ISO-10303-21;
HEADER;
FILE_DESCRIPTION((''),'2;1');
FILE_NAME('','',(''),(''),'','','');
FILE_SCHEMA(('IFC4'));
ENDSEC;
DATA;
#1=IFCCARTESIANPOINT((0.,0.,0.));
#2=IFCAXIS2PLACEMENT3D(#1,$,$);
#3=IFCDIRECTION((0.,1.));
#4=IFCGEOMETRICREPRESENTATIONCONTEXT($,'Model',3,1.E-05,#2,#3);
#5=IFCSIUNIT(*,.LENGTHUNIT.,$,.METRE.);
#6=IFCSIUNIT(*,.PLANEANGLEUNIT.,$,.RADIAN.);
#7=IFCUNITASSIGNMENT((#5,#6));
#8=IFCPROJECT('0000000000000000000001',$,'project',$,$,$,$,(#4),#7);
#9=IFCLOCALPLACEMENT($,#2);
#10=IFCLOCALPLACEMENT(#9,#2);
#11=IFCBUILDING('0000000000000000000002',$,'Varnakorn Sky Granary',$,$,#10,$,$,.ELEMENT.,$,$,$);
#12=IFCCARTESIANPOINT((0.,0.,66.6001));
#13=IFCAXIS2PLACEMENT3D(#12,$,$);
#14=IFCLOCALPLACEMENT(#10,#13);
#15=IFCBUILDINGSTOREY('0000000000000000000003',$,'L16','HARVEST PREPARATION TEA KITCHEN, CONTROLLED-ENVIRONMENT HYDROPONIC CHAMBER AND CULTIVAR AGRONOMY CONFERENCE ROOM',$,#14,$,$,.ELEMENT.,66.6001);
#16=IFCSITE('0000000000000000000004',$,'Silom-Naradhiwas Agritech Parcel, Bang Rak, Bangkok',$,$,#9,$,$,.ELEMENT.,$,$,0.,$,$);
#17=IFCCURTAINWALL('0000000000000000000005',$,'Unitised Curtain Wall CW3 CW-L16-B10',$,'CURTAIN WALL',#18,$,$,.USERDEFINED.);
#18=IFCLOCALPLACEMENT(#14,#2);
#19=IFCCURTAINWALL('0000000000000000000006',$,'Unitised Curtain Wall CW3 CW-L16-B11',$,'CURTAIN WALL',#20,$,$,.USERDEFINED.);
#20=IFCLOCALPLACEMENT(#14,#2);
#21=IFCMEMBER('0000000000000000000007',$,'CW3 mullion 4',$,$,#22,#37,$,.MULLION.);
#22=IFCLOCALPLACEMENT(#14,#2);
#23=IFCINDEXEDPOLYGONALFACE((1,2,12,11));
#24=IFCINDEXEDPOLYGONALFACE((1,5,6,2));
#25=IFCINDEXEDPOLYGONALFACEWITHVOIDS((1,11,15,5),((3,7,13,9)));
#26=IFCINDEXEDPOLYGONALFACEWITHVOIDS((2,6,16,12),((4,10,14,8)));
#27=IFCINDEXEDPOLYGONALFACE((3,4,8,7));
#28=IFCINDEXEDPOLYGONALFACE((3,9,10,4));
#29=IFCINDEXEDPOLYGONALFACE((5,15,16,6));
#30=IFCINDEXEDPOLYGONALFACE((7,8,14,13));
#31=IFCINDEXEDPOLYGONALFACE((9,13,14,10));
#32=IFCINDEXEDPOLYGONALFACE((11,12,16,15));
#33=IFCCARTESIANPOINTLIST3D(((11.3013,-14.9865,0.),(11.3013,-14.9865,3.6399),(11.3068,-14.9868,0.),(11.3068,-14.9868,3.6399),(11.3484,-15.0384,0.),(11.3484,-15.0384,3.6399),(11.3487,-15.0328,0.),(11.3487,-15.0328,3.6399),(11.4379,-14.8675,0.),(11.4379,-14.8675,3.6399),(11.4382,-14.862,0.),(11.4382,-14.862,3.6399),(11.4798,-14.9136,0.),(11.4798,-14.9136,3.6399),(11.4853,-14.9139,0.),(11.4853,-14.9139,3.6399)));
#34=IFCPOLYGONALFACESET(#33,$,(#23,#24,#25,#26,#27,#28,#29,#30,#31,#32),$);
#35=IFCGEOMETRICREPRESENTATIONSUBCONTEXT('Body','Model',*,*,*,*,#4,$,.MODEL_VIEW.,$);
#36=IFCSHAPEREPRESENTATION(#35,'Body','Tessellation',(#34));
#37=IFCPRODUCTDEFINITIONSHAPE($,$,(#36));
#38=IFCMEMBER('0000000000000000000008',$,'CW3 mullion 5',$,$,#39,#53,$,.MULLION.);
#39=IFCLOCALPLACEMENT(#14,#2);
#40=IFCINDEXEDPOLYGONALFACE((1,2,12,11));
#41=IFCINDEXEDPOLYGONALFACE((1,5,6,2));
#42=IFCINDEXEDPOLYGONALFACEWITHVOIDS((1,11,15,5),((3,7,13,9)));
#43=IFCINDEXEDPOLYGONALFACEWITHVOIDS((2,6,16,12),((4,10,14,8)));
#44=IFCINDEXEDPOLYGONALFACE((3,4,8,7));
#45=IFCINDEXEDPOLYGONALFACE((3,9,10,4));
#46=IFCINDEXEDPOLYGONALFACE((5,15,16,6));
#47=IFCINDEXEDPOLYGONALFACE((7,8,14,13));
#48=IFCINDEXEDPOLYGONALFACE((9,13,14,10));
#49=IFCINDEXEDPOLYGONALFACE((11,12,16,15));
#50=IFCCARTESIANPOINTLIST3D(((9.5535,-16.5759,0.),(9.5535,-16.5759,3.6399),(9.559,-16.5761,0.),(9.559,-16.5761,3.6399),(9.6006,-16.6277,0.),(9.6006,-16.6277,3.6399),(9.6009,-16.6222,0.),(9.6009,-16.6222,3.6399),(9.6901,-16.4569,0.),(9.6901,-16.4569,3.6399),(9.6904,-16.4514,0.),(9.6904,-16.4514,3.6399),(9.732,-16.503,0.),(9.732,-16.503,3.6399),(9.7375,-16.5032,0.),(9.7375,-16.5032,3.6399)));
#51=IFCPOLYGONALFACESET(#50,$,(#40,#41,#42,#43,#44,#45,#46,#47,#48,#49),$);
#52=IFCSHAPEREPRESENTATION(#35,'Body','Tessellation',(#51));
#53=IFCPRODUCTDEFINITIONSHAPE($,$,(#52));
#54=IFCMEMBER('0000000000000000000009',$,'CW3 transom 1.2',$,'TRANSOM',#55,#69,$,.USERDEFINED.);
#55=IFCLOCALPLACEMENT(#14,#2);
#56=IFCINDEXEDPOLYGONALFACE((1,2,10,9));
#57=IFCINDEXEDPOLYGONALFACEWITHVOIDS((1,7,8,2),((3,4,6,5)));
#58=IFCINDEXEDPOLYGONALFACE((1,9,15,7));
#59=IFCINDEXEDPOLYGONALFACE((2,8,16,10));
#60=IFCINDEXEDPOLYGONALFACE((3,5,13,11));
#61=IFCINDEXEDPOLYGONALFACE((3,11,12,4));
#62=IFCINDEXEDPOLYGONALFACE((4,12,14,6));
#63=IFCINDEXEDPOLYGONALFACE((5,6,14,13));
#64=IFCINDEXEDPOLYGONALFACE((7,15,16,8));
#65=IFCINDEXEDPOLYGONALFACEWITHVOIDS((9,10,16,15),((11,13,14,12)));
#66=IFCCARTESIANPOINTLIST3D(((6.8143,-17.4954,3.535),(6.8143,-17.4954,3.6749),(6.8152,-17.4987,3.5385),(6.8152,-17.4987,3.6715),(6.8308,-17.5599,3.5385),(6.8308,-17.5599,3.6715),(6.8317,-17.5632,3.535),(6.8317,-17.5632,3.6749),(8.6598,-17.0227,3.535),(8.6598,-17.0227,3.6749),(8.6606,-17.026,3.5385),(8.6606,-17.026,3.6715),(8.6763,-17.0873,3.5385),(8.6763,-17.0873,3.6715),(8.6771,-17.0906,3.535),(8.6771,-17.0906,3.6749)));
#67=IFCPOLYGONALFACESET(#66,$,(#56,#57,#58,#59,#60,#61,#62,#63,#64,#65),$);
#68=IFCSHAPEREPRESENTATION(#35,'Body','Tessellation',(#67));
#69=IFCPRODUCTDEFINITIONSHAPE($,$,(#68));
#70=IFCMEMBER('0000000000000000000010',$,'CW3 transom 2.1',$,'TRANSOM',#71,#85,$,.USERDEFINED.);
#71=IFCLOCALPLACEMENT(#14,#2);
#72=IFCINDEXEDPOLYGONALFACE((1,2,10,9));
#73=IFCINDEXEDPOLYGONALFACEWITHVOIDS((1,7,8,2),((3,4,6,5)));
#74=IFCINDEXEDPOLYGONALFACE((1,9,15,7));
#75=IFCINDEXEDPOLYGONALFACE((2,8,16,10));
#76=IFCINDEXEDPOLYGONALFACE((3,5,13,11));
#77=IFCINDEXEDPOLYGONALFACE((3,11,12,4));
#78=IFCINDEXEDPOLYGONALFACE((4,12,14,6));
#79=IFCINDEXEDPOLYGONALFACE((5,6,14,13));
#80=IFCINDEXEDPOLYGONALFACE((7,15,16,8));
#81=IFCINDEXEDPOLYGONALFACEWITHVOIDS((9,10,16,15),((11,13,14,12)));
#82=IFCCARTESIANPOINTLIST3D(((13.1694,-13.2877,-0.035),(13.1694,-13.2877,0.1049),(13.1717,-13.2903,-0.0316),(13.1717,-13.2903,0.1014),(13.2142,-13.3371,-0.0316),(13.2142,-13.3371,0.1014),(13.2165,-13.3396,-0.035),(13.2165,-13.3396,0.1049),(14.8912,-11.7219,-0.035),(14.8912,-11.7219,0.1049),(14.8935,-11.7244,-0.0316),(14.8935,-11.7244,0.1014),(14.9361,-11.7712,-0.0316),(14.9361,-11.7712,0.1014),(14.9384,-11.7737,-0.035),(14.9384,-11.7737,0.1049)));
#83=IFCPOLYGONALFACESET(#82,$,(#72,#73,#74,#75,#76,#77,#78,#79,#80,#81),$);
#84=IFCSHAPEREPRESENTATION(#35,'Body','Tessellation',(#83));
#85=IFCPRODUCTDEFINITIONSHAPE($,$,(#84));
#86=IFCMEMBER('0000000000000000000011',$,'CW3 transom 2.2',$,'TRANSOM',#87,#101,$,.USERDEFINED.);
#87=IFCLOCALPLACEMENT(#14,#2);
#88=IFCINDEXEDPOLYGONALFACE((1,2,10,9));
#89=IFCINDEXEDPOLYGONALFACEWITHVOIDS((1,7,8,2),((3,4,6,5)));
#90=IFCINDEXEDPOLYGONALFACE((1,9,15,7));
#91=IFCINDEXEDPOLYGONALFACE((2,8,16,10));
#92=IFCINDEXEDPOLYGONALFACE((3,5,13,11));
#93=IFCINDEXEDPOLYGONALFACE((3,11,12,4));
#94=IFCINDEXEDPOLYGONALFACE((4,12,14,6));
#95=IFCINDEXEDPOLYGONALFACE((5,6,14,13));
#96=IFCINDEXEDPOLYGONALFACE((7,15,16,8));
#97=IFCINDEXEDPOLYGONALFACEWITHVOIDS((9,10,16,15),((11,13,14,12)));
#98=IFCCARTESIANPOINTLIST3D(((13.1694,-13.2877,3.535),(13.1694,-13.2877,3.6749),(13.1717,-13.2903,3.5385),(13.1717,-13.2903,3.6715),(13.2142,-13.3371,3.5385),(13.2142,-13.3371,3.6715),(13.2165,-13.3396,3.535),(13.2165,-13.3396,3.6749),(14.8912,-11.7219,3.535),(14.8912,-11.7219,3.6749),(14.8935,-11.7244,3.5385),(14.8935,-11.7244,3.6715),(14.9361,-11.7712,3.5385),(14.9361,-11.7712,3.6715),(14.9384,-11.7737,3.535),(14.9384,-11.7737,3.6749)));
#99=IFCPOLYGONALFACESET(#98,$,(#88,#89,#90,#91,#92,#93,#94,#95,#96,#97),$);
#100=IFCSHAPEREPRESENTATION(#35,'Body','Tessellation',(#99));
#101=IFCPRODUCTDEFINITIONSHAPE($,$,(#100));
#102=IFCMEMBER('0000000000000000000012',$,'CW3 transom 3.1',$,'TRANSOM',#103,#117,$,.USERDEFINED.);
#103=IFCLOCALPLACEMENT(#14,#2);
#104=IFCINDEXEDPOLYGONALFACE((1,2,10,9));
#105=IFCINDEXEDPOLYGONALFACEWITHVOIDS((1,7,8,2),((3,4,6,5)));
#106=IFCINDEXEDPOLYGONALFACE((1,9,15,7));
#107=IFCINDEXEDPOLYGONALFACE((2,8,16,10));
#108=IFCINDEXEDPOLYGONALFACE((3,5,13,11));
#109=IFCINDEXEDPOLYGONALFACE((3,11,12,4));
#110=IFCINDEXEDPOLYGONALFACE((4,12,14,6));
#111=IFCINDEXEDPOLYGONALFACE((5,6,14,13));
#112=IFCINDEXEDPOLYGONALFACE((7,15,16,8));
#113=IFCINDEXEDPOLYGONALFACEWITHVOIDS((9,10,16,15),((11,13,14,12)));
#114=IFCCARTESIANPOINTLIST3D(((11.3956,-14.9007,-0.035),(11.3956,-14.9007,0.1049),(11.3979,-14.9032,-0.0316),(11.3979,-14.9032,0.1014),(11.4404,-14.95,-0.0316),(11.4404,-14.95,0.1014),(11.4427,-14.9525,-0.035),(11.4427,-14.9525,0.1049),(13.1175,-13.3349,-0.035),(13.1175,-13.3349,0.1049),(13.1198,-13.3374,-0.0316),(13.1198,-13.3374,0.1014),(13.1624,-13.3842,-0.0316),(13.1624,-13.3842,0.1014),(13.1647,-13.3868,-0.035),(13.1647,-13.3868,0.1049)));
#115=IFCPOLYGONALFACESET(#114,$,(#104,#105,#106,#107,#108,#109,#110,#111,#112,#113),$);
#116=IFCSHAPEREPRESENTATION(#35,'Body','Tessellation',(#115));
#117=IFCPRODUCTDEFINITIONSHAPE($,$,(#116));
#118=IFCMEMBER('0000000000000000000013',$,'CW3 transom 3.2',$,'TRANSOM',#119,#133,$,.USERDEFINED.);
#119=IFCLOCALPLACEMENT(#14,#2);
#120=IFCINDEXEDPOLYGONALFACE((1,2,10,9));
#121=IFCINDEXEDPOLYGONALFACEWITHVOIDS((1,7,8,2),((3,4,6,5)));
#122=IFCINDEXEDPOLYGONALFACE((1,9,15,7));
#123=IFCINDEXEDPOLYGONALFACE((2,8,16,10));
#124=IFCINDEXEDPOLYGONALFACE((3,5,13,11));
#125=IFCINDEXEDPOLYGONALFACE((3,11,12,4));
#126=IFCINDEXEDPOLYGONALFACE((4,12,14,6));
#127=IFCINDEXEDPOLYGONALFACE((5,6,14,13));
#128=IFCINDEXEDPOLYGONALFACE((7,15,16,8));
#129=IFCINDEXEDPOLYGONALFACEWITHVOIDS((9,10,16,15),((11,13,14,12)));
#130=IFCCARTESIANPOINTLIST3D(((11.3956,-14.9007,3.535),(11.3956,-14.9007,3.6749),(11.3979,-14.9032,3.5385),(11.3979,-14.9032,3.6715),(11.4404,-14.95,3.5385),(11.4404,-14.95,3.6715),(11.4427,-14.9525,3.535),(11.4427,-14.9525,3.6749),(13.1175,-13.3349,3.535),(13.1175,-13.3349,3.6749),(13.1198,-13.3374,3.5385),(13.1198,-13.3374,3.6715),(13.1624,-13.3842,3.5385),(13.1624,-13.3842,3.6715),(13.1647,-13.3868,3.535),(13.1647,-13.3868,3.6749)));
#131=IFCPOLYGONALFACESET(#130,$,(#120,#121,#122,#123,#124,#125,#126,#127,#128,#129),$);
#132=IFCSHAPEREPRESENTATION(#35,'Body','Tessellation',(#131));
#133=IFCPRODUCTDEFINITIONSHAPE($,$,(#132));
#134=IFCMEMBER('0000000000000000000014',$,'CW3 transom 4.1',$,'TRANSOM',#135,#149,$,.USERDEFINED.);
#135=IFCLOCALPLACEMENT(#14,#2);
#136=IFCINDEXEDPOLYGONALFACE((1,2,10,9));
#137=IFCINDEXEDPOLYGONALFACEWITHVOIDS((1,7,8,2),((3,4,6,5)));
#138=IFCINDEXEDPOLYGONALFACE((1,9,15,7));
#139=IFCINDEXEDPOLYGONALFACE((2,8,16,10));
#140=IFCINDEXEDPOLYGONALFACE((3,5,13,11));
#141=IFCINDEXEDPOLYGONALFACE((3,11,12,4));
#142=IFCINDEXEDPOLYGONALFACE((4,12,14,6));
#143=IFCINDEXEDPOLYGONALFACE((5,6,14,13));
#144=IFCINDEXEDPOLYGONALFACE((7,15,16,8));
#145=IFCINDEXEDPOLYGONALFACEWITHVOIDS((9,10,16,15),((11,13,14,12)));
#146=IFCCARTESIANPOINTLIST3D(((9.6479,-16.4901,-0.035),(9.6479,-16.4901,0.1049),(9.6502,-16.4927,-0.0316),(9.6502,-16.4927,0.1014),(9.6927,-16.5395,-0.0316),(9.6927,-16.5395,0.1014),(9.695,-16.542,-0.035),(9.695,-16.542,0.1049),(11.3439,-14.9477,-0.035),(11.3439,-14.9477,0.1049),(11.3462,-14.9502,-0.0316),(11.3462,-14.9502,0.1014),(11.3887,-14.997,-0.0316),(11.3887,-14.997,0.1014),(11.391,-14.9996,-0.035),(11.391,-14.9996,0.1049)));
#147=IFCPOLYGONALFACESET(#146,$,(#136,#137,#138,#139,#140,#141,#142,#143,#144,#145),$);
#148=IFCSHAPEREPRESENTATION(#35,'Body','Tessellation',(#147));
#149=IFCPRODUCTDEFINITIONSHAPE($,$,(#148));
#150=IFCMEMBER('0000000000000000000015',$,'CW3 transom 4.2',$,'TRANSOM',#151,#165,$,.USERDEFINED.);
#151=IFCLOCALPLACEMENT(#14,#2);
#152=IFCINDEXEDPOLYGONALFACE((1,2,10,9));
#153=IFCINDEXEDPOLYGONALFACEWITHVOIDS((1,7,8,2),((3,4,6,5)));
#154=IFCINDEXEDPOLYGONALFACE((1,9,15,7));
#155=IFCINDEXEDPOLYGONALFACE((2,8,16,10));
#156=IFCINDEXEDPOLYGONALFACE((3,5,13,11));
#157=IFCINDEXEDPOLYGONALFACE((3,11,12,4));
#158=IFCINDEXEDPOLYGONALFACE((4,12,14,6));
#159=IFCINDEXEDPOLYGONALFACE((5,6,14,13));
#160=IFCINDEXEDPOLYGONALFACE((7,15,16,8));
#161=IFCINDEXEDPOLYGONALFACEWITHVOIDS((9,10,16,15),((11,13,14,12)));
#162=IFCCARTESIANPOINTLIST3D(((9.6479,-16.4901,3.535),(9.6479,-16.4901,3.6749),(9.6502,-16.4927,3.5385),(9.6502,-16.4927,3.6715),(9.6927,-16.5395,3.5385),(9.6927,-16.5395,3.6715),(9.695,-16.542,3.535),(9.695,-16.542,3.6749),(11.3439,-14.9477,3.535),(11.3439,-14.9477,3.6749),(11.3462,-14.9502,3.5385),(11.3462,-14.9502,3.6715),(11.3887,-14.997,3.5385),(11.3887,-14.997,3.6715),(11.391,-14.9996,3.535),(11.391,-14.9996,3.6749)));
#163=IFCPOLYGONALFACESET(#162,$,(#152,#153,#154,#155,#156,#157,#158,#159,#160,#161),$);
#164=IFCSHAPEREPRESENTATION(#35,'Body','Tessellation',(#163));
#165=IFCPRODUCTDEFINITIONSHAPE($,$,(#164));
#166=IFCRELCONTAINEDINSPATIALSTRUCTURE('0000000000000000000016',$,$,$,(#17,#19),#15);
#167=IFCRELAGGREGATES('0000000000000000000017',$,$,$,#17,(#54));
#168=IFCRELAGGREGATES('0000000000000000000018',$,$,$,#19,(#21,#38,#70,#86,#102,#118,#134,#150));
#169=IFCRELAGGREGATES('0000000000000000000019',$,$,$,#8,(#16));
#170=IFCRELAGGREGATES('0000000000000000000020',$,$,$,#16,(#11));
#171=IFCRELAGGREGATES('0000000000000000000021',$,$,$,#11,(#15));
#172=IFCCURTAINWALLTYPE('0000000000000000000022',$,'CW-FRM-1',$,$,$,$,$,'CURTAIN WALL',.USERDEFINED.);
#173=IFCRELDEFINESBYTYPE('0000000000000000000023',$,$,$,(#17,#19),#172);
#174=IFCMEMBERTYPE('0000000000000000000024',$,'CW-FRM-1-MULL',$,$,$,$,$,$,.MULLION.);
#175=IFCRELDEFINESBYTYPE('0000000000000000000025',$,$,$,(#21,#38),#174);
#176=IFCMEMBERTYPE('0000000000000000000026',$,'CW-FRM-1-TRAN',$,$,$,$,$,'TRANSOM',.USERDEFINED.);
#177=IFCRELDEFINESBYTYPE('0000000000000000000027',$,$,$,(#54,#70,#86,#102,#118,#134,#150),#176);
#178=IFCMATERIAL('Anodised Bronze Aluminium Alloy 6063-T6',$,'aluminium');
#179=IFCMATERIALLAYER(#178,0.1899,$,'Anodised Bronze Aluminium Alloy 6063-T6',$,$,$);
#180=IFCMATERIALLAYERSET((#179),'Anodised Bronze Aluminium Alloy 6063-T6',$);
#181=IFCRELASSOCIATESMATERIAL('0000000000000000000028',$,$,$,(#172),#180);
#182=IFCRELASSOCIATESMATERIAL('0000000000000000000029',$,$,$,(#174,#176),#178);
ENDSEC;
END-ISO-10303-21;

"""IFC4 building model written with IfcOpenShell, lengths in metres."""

from ifc_helpers import new_model, si_unit, direction, frame, origin, origin_2d, place, context, subcontext, project, spatial, hollow_rectangle, extrude, material, layer, layer_set, material_profile, profile_set, type_object, element, aggregate, save


model = new_model("IFC4")

# Units and contexts
model_context = context("Model", 3, precision=1e-05, world=origin(), true_north=direction((0.0, 1.0)))
body_context = subcontext(model_context, "Body", "Model", "MODEL_VIEW")
ifc_project = project(units=[si_unit("LENGTHUNIT", "METRE"), si_unit("PLANEANGLEUNIT", "RADIAN")], contexts=[model_context])

# Site, building, storey
site_placement = place(None, origin())
site = spatial("IfcSite", under=ifc_project, at=site_placement, Name="Silom-Naradhiwas Agritech Parcel, Bang Rak, Bangkok", CompositionType="ELEMENT", RefElevation=0.0)
building_placement = place(site_placement, origin())
building = spatial("IfcBuilding", under=site, at=building_placement, Name="Varnakorn Sky Granary", CompositionType="ELEMENT")
storey_placement = place(building_placement, frame((0.0, 0.0, 66.6001)))
storey = spatial("IfcBuildingStorey", under=building, at=storey_placement, Name="L16", Description="HARVEST PREPARATION TEA KITCHEN, CONTROLLED-ENVIRONMENT HYDROPONIC CHAMBER AND CULTIVAR AGRONOMY CONFERENCE ROOM", CompositionType="ELEMENT", Elevation=66.6001)

# Curtain wall
ifc_material_1 = material(Name="Anodised Bronze Aluminium Alloy 6063-T6", Category="aluminium")
ifc_layer_1 = layer(ifc_material_1, 0.1899, Name="Anodised Bronze Aluminium Alloy 6063-T6")
ifc_layer_set_1 = layer_set([ifc_layer_1], Name="Anodised Bronze Aluminium Alloy 6063-T6")
curtain_wall_type = type_object("IfcCurtainWallType", Name="CW-FRM-1", ElementType="CURTAIN WALL", PredefinedType="USERDEFINED", material=ifc_layer_set_1)
curtain_wall_1_placement = place(storey_placement, origin())
curtain_wall_1 = element("IfcCurtainWall", 1, at=curtain_wall_1_placement, inside=storey, type_object=curtain_wall_type, Name="Unitised Curtain Wall CW3 CW-L16-B10", ObjectType="CURTAIN WALL", PredefinedType="USERDEFINED")
ifc_material_profile_1 = material_profile(ifc_material_1, hollow_rectangle(XDim=0.0701, YDim=0.1851, WallThickness=0.0039, at=origin_2d()), Name="ALU MULL 70x185")
ifc_profile_set_1 = profile_set([ifc_material_profile_1], Name="Anodised Bronze Aluminium Alloy 6063-T6")
member_type_1 = type_object("IfcMemberType", Name="CW-FRM-1-MULL", PredefinedType="MULLION", material=ifc_profile_set_1)

# Curtain wall, members
curtain_wall_2_placement = place(storey_placement, origin())
curtain_wall_2 = element("IfcCurtainWall", 2, at=curtain_wall_2_placement, inside=storey, type_object=curtain_wall_type, Name="Unitised Curtain Wall CW3 CW-L16-B11", ObjectType="CURTAIN WALL", PredefinedType="USERDEFINED")
member_1_placement = place(storey_placement, frame((11.3933, -14.9502, 0.0), z_axis=(0.0, 0.0, 1.0), x_axis=(0.672776, -0.739847, 0.0)))
member_1 = element("IfcMember", 3, at=member_1_placement, type_object=member_type_1, Name="CW3 mullion 4", PredefinedType="MULLION", context=body_context, shape_type="SweptSolid", body=[
    extrude(hollow_rectangle(XDim=0.0701, YDim=0.1851, WallThickness=0.0039, at=origin_2d()), origin(), (0.0, 0.0, 1.0), 3.6399),
])
member_2_placement = place(storey_placement, frame((9.6455, -16.5396, 0.0), z_axis=(0.0, 0.0, 1.0), x_axis=(0.672776, -0.739847, 0.0)))
member_2 = element("IfcMember", 4, at=member_2_placement, type_object=member_type_1, Name="CW3 mullion 5", PredefinedType="MULLION", context=body_context, shape_type="SweptSolid", body=[
    extrude(hollow_rectangle(XDim=0.0701, YDim=0.1851, WallThickness=0.0039, at=origin_2d()), origin(), (0.0, 0.0, 1.0), 3.6399),
])

# Members
ifc_material_profile_2 = material_profile(ifc_material_1, hollow_rectangle(XDim=0.0701, YDim=0.1399, WallThickness=0.0034, at=origin_2d()), Name="ALU TRAN 70x140")
ifc_profile_set_2 = profile_set([ifc_material_profile_2], Name="Anodised Bronze Aluminium Alloy 6063-T6")
member_type_2 = type_object("IfcMemberType", Name="CW-FRM-1-TRAN", ElementType="TRANSOM", PredefinedType="USERDEFINED", material=ifc_profile_set_2)
member_3_placement = place(storey_placement, frame((8.6685, -17.0566, 3.605), z_axis=(-0.968732, -0.24811, 0.0), x_axis=(0.24811, -0.968732, 0.0)))
member_3 = element("IfcMember", 5, at=member_3_placement, type_object=member_type_2, Name="CW3 transom 1.2", ObjectType="TRANSOM", PredefinedType="USERDEFINED", context=body_context, shape_type="SweptSolid", body=[
    extrude(hollow_rectangle(XDim=0.0701, YDim=0.1399, WallThickness=0.0034, at=origin_2d()), origin(), (0.0, 0.0, 1.0), 1.905),
])
aggregate(curtain_wall_1, [member_3])
member_4_placement = place(storey_placement, frame((14.9148, -11.7478, 0.0349), z_axis=(-0.739826, -0.672798, 0.0), x_axis=(0.672798, -0.739826, 0.0)))
member_4 = element("IfcMember", 6, at=member_4_placement, type_object=member_type_2, Name="CW3 transom 2.1", ObjectType="TRANSOM", PredefinedType="USERDEFINED", context=body_context, shape_type="SweptSolid", body=[
    extrude(hollow_rectangle(XDim=0.0701, YDim=0.1399, WallThickness=0.0034, at=origin_2d()), origin(), (0.0, 0.0, 1.0), 2.3274),
])
member_5_placement = place(storey_placement, frame((14.9148, -11.7478, 3.605), z_axis=(-0.739826, -0.672798, 0.0), x_axis=(0.672798, -0.739826, 0.0)))
member_5 = element("IfcMember", 7, at=member_5_placement, type_object=member_type_2, Name="CW3 transom 2.2", ObjectType="TRANSOM", PredefinedType="USERDEFINED", context=body_context, shape_type="SweptSolid", body=[
    extrude(hollow_rectangle(XDim=0.0701, YDim=0.1399, WallThickness=0.0034, at=origin_2d()), origin(), (0.0, 0.0, 1.0), 2.3274),
])
member_6_placement = place(storey_placement, frame((13.1411, -13.3608, 0.0349), z_axis=(-0.739878, -0.672741, 0.0), x_axis=(0.672741, -0.739878, 0.0)))
member_6 = element("IfcMember", 8, at=member_6_placement, type_object=member_type_2, Name="CW3 transom 3.1", ObjectType="TRANSOM", PredefinedType="USERDEFINED", context=body_context, shape_type="SweptSolid", body=[
    extrude(hollow_rectangle(XDim=0.0701, YDim=0.1399, WallThickness=0.0034, at=origin_2d()), origin(), (0.0, 0.0, 1.0), 2.3274),
])
member_7_placement = place(storey_placement, frame((13.1411, -13.3608, 3.605), z_axis=(-0.739878, -0.672741, 0.0), x_axis=(0.672741, -0.739878, 0.0)))
member_7 = element("IfcMember", 9, at=member_7_placement, type_object=member_type_2, Name="CW3 transom 3.2", ObjectType="TRANSOM", PredefinedType="USERDEFINED", context=body_context, shape_type="SweptSolid", body=[
    extrude(hollow_rectangle(XDim=0.0701, YDim=0.1399, WallThickness=0.0034, at=origin_2d()), origin(), (0.0, 0.0, 1.0), 2.3274),
])
member_8_placement = place(storey_placement, frame((11.3674, -14.9736, 0.0349), z_axis=(-0.739805, -0.672821, 0.0), x_axis=(0.672821, -0.739805, 0.0)))
member_8 = element("IfcMember", 10, at=member_8_placement, type_object=member_type_2, Name="CW3 transom 4.1", ObjectType="TRANSOM", PredefinedType="USERDEFINED", context=body_context, shape_type="SweptSolid", body=[
    extrude(hollow_rectangle(XDim=0.0701, YDim=0.1399, WallThickness=0.0034, at=origin_2d()), origin(), (0.0, 0.0, 1.0), 2.2925),
])
member_9_placement = place(storey_placement, frame((11.3674, -14.9736, 3.605), z_axis=(-0.739805, -0.672821, 0.0), x_axis=(0.672821, -0.739805, 0.0)))
member_9 = element("IfcMember", 11, at=member_9_placement, type_object=member_type_2, Name="CW3 transom 4.2", ObjectType="TRANSOM", PredefinedType="USERDEFINED", context=body_context, shape_type="SweptSolid", body=[
    extrude(hollow_rectangle(XDim=0.0701, YDim=0.1399, WallThickness=0.0034, at=origin_2d()), origin(), (0.0, 0.0, 1.0), 2.2925),
])

aggregate(curtain_wall_2, [member_1, member_2, member_4, member_5, member_6, member_7, member_8, member_9])

save(model, "model.ifc")
